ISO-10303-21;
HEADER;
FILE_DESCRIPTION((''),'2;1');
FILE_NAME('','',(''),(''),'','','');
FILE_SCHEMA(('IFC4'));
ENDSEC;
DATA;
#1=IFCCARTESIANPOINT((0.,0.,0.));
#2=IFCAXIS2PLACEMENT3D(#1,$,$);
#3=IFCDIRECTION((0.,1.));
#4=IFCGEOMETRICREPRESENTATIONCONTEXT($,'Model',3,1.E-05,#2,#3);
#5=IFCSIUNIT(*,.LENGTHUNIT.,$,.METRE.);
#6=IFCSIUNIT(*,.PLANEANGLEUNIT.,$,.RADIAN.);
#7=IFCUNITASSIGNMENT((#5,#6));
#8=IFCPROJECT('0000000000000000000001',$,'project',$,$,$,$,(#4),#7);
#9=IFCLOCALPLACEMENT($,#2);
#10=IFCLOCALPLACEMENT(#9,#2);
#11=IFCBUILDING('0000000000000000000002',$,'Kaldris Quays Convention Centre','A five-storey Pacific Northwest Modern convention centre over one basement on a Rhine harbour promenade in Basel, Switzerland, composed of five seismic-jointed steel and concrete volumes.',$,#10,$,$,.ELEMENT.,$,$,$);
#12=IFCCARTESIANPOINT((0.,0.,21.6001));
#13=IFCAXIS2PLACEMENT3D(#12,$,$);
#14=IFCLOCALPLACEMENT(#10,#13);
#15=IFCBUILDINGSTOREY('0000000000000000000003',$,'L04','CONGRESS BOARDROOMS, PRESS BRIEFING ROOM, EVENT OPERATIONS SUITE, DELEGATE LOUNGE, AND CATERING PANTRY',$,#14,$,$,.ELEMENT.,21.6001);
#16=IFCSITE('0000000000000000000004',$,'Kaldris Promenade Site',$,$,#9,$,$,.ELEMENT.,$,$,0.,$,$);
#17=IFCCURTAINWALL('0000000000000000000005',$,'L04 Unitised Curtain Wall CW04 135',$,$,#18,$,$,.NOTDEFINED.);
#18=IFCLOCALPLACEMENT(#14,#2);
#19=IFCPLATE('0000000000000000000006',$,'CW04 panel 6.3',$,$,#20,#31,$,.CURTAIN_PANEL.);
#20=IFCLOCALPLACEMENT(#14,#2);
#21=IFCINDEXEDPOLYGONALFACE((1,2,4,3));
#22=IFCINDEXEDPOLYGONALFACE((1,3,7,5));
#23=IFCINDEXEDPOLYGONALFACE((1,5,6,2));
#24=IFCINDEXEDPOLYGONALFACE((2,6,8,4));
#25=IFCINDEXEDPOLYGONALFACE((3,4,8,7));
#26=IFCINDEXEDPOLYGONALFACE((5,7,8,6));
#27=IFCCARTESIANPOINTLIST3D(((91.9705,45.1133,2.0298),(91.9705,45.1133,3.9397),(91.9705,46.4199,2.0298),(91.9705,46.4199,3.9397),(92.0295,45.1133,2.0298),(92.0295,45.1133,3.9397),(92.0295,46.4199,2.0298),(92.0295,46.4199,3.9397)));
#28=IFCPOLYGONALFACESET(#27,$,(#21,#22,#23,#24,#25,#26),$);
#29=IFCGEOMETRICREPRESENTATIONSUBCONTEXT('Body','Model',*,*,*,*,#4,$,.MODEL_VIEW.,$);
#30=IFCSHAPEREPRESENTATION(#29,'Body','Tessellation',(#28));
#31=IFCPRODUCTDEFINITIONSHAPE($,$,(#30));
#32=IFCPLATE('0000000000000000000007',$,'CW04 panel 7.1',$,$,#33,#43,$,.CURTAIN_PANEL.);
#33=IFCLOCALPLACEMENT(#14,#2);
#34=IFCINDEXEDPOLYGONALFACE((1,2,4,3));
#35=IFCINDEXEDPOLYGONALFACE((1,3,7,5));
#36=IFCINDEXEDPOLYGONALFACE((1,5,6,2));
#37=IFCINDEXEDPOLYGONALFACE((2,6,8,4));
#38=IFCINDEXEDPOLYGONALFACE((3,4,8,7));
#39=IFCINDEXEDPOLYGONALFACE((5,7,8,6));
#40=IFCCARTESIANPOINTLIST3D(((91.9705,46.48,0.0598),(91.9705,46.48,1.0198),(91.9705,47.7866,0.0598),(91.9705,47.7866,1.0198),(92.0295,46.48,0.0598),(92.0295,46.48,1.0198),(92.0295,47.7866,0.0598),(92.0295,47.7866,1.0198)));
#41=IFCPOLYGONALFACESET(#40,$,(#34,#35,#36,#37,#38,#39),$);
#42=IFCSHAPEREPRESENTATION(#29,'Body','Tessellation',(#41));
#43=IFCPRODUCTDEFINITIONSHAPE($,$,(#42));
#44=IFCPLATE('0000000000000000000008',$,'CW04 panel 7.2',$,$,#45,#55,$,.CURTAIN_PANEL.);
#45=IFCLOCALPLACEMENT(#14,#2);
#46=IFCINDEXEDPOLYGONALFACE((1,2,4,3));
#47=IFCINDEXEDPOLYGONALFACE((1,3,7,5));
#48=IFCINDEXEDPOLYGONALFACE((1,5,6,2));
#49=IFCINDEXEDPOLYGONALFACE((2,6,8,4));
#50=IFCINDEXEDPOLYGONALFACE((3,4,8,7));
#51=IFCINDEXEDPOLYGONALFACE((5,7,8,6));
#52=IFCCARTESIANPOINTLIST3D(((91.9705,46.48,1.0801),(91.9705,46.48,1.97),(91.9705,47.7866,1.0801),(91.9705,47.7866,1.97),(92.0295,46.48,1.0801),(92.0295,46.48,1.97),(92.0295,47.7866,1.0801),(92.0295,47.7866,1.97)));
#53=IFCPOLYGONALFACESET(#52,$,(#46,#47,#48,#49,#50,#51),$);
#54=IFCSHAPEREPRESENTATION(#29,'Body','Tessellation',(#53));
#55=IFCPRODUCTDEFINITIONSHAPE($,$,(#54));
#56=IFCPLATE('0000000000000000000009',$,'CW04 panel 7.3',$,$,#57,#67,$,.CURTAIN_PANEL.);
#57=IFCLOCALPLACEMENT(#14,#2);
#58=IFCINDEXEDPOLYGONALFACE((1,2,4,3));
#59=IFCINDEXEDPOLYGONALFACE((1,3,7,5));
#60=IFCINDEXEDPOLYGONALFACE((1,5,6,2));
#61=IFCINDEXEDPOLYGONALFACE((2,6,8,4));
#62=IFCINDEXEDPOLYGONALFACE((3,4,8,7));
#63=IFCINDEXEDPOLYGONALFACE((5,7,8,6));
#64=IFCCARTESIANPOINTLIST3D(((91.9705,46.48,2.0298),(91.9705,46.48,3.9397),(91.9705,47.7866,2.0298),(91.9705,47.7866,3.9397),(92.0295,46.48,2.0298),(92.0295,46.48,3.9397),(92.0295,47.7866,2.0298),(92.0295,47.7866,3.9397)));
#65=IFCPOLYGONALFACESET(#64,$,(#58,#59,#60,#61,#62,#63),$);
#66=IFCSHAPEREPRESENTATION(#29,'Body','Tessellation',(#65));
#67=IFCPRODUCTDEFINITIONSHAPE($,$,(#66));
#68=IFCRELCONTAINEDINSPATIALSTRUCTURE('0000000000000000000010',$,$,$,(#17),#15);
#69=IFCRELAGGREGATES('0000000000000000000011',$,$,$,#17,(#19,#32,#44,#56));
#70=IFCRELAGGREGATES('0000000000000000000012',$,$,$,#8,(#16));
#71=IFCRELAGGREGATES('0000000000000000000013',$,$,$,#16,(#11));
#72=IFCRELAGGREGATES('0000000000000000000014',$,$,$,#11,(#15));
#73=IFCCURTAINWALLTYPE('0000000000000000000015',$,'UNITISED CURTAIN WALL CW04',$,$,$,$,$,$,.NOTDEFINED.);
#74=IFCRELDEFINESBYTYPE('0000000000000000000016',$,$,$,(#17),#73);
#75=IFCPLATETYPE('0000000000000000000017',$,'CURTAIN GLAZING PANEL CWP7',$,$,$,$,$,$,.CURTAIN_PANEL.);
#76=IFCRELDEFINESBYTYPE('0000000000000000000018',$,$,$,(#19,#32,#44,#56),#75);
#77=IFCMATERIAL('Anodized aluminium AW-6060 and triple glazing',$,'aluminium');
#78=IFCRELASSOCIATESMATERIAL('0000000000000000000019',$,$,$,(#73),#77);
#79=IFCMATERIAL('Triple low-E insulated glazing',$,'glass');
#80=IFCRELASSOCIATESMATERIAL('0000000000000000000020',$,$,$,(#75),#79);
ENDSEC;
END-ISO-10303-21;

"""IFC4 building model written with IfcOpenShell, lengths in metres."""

from ifc_helpers import new_model, si_unit, direction, frame, origin, origin_2d, place, context, subcontext, project, spatial, rectangle, extrude, material, type_object, element, aggregate, save


model = new_model("IFC4")

# Units and contexts
model_context = context("Model", 3, precision=1e-05, world=origin(), true_north=direction((0.0, 1.0)))
body_context = subcontext(model_context, "Body", "Model", "MODEL_VIEW")
ifc_project = project(units=[si_unit("LENGTHUNIT", "METRE"), si_unit("PLANEANGLEUNIT", "RADIAN")], contexts=[model_context])

# Site, building, storey
site_placement = place(None, origin())
site = spatial("IfcSite", under=ifc_project, at=site_placement, Name="Kaldris Promenade Site", CompositionType="ELEMENT", RefElevation=0.0)
building_placement = place(site_placement, origin())
building = spatial("IfcBuilding", under=site, at=building_placement, Name="Kaldris Quays Convention Centre", Description="A five-storey Pacific Northwest Modern convention centre over one basement on a Rhine harbour promenade in Basel, Switzerland, composed of five seismic-jointed steel and concrete volumes.", CompositionType="ELEMENT")
storey_placement = place(building_placement, frame((0.0, 0.0, 21.6001)))
storey = spatial("IfcBuildingStorey", under=building, at=storey_placement, Name="L04", Description="CONGRESS BOARDROOMS, PRESS BRIEFING ROOM, EVENT OPERATIONS SUITE, DELEGATE LOUNGE, AND CATERING PANTRY", CompositionType="ELEMENT", Elevation=21.6001)

# Curtain wall, plates
ifc_material_1 = material(Name="Anodized aluminium AW-6060 and triple glazing", Category="aluminium")
curtain_wall_type = type_object("IfcCurtainWallType", Name="UNITISED CURTAIN WALL CW04", PredefinedType="NOTDEFINED", material=ifc_material_1)
curtain_wall_placement = place(storey_placement, origin())
curtain_wall = element("IfcCurtainWall", 1, at=curtain_wall_placement, inside=storey, type_object=curtain_wall_type, Name="L04 Unitised Curtain Wall CW04 135", PredefinedType="NOTDEFINED")
ifc_material_2 = material(Name="Triple low-E insulated glazing", Category="glass")
plate_type = type_object("IfcPlateType", Name="CURTAIN GLAZING PANEL CWP7", PredefinedType="CURTAIN_PANEL", material=ifc_material_2)
plate_1_placement = place(storey_placement, frame((92.0, 45.7666, 2.0298), z_axis=(0.0, 0.0, 1.0), x_axis=(0.0, 1.0, 0.0)))
plate_1 = element("IfcPlate", 2, at=plate_1_placement, type_object=plate_type, Name="CW04 panel 6.3", PredefinedType="CURTAIN_PANEL", context=body_context, shape_type="SweptSolid", body=[
    extrude(rectangle(XDim=1.3066, YDim=0.0591, at=origin_2d()), origin(), (0.0, 0.0, 1.0), 1.9099),
])
plate_2_placement = place(storey_placement, frame((92.0, 47.1333, 0.0598), z_axis=(0.0, 0.0, 1.0), x_axis=(0.0, 1.0, 0.0)))
plate_2 = element("IfcPlate", 3, at=plate_2_placement, type_object=plate_type, Name="CW04 panel 7.1", PredefinedType="CURTAIN_PANEL", context=body_context, shape_type="SweptSolid", body=[
    extrude(rectangle(XDim=1.3066, YDim=0.0591, at=origin_2d()), origin(), (0.0, 0.0, 1.0), 0.96),
])
plate_3_placement = place(storey_placement, frame((92.0, 47.1333, 1.0801), z_axis=(0.0, 0.0, 1.0), x_axis=(0.0, 1.0, 0.0)))
plate_3 = element("IfcPlate", 4, at=plate_3_placement, type_object=plate_type, Name="CW04 panel 7.2", PredefinedType="CURTAIN_PANEL", context=body_context, shape_type="SweptSolid", body=[
    extrude(rectangle(XDim=1.3066, YDim=0.0591, at=origin_2d()), origin(), (0.0, 0.0, 1.0), 0.8899),
])
plate_4_placement = place(storey_placement, frame((92.0, 47.1333, 2.0298), z_axis=(0.0, 0.0, 1.0), x_axis=(0.0, 1.0, 0.0)))
plate_4 = element("IfcPlate", 5, at=plate_4_placement, type_object=plate_type, Name="CW04 panel 7.3", PredefinedType="CURTAIN_PANEL", context=body_context, shape_type="SweptSolid", body=[
    extrude(rectangle(XDim=1.3066, YDim=0.0591, at=origin_2d()), origin(), (0.0, 0.0, 1.0), 1.9099),
])
aggregate(curtain_wall, [plate_1, plate_2, plate_3, plate_4])

save(model, "model.ifc")
